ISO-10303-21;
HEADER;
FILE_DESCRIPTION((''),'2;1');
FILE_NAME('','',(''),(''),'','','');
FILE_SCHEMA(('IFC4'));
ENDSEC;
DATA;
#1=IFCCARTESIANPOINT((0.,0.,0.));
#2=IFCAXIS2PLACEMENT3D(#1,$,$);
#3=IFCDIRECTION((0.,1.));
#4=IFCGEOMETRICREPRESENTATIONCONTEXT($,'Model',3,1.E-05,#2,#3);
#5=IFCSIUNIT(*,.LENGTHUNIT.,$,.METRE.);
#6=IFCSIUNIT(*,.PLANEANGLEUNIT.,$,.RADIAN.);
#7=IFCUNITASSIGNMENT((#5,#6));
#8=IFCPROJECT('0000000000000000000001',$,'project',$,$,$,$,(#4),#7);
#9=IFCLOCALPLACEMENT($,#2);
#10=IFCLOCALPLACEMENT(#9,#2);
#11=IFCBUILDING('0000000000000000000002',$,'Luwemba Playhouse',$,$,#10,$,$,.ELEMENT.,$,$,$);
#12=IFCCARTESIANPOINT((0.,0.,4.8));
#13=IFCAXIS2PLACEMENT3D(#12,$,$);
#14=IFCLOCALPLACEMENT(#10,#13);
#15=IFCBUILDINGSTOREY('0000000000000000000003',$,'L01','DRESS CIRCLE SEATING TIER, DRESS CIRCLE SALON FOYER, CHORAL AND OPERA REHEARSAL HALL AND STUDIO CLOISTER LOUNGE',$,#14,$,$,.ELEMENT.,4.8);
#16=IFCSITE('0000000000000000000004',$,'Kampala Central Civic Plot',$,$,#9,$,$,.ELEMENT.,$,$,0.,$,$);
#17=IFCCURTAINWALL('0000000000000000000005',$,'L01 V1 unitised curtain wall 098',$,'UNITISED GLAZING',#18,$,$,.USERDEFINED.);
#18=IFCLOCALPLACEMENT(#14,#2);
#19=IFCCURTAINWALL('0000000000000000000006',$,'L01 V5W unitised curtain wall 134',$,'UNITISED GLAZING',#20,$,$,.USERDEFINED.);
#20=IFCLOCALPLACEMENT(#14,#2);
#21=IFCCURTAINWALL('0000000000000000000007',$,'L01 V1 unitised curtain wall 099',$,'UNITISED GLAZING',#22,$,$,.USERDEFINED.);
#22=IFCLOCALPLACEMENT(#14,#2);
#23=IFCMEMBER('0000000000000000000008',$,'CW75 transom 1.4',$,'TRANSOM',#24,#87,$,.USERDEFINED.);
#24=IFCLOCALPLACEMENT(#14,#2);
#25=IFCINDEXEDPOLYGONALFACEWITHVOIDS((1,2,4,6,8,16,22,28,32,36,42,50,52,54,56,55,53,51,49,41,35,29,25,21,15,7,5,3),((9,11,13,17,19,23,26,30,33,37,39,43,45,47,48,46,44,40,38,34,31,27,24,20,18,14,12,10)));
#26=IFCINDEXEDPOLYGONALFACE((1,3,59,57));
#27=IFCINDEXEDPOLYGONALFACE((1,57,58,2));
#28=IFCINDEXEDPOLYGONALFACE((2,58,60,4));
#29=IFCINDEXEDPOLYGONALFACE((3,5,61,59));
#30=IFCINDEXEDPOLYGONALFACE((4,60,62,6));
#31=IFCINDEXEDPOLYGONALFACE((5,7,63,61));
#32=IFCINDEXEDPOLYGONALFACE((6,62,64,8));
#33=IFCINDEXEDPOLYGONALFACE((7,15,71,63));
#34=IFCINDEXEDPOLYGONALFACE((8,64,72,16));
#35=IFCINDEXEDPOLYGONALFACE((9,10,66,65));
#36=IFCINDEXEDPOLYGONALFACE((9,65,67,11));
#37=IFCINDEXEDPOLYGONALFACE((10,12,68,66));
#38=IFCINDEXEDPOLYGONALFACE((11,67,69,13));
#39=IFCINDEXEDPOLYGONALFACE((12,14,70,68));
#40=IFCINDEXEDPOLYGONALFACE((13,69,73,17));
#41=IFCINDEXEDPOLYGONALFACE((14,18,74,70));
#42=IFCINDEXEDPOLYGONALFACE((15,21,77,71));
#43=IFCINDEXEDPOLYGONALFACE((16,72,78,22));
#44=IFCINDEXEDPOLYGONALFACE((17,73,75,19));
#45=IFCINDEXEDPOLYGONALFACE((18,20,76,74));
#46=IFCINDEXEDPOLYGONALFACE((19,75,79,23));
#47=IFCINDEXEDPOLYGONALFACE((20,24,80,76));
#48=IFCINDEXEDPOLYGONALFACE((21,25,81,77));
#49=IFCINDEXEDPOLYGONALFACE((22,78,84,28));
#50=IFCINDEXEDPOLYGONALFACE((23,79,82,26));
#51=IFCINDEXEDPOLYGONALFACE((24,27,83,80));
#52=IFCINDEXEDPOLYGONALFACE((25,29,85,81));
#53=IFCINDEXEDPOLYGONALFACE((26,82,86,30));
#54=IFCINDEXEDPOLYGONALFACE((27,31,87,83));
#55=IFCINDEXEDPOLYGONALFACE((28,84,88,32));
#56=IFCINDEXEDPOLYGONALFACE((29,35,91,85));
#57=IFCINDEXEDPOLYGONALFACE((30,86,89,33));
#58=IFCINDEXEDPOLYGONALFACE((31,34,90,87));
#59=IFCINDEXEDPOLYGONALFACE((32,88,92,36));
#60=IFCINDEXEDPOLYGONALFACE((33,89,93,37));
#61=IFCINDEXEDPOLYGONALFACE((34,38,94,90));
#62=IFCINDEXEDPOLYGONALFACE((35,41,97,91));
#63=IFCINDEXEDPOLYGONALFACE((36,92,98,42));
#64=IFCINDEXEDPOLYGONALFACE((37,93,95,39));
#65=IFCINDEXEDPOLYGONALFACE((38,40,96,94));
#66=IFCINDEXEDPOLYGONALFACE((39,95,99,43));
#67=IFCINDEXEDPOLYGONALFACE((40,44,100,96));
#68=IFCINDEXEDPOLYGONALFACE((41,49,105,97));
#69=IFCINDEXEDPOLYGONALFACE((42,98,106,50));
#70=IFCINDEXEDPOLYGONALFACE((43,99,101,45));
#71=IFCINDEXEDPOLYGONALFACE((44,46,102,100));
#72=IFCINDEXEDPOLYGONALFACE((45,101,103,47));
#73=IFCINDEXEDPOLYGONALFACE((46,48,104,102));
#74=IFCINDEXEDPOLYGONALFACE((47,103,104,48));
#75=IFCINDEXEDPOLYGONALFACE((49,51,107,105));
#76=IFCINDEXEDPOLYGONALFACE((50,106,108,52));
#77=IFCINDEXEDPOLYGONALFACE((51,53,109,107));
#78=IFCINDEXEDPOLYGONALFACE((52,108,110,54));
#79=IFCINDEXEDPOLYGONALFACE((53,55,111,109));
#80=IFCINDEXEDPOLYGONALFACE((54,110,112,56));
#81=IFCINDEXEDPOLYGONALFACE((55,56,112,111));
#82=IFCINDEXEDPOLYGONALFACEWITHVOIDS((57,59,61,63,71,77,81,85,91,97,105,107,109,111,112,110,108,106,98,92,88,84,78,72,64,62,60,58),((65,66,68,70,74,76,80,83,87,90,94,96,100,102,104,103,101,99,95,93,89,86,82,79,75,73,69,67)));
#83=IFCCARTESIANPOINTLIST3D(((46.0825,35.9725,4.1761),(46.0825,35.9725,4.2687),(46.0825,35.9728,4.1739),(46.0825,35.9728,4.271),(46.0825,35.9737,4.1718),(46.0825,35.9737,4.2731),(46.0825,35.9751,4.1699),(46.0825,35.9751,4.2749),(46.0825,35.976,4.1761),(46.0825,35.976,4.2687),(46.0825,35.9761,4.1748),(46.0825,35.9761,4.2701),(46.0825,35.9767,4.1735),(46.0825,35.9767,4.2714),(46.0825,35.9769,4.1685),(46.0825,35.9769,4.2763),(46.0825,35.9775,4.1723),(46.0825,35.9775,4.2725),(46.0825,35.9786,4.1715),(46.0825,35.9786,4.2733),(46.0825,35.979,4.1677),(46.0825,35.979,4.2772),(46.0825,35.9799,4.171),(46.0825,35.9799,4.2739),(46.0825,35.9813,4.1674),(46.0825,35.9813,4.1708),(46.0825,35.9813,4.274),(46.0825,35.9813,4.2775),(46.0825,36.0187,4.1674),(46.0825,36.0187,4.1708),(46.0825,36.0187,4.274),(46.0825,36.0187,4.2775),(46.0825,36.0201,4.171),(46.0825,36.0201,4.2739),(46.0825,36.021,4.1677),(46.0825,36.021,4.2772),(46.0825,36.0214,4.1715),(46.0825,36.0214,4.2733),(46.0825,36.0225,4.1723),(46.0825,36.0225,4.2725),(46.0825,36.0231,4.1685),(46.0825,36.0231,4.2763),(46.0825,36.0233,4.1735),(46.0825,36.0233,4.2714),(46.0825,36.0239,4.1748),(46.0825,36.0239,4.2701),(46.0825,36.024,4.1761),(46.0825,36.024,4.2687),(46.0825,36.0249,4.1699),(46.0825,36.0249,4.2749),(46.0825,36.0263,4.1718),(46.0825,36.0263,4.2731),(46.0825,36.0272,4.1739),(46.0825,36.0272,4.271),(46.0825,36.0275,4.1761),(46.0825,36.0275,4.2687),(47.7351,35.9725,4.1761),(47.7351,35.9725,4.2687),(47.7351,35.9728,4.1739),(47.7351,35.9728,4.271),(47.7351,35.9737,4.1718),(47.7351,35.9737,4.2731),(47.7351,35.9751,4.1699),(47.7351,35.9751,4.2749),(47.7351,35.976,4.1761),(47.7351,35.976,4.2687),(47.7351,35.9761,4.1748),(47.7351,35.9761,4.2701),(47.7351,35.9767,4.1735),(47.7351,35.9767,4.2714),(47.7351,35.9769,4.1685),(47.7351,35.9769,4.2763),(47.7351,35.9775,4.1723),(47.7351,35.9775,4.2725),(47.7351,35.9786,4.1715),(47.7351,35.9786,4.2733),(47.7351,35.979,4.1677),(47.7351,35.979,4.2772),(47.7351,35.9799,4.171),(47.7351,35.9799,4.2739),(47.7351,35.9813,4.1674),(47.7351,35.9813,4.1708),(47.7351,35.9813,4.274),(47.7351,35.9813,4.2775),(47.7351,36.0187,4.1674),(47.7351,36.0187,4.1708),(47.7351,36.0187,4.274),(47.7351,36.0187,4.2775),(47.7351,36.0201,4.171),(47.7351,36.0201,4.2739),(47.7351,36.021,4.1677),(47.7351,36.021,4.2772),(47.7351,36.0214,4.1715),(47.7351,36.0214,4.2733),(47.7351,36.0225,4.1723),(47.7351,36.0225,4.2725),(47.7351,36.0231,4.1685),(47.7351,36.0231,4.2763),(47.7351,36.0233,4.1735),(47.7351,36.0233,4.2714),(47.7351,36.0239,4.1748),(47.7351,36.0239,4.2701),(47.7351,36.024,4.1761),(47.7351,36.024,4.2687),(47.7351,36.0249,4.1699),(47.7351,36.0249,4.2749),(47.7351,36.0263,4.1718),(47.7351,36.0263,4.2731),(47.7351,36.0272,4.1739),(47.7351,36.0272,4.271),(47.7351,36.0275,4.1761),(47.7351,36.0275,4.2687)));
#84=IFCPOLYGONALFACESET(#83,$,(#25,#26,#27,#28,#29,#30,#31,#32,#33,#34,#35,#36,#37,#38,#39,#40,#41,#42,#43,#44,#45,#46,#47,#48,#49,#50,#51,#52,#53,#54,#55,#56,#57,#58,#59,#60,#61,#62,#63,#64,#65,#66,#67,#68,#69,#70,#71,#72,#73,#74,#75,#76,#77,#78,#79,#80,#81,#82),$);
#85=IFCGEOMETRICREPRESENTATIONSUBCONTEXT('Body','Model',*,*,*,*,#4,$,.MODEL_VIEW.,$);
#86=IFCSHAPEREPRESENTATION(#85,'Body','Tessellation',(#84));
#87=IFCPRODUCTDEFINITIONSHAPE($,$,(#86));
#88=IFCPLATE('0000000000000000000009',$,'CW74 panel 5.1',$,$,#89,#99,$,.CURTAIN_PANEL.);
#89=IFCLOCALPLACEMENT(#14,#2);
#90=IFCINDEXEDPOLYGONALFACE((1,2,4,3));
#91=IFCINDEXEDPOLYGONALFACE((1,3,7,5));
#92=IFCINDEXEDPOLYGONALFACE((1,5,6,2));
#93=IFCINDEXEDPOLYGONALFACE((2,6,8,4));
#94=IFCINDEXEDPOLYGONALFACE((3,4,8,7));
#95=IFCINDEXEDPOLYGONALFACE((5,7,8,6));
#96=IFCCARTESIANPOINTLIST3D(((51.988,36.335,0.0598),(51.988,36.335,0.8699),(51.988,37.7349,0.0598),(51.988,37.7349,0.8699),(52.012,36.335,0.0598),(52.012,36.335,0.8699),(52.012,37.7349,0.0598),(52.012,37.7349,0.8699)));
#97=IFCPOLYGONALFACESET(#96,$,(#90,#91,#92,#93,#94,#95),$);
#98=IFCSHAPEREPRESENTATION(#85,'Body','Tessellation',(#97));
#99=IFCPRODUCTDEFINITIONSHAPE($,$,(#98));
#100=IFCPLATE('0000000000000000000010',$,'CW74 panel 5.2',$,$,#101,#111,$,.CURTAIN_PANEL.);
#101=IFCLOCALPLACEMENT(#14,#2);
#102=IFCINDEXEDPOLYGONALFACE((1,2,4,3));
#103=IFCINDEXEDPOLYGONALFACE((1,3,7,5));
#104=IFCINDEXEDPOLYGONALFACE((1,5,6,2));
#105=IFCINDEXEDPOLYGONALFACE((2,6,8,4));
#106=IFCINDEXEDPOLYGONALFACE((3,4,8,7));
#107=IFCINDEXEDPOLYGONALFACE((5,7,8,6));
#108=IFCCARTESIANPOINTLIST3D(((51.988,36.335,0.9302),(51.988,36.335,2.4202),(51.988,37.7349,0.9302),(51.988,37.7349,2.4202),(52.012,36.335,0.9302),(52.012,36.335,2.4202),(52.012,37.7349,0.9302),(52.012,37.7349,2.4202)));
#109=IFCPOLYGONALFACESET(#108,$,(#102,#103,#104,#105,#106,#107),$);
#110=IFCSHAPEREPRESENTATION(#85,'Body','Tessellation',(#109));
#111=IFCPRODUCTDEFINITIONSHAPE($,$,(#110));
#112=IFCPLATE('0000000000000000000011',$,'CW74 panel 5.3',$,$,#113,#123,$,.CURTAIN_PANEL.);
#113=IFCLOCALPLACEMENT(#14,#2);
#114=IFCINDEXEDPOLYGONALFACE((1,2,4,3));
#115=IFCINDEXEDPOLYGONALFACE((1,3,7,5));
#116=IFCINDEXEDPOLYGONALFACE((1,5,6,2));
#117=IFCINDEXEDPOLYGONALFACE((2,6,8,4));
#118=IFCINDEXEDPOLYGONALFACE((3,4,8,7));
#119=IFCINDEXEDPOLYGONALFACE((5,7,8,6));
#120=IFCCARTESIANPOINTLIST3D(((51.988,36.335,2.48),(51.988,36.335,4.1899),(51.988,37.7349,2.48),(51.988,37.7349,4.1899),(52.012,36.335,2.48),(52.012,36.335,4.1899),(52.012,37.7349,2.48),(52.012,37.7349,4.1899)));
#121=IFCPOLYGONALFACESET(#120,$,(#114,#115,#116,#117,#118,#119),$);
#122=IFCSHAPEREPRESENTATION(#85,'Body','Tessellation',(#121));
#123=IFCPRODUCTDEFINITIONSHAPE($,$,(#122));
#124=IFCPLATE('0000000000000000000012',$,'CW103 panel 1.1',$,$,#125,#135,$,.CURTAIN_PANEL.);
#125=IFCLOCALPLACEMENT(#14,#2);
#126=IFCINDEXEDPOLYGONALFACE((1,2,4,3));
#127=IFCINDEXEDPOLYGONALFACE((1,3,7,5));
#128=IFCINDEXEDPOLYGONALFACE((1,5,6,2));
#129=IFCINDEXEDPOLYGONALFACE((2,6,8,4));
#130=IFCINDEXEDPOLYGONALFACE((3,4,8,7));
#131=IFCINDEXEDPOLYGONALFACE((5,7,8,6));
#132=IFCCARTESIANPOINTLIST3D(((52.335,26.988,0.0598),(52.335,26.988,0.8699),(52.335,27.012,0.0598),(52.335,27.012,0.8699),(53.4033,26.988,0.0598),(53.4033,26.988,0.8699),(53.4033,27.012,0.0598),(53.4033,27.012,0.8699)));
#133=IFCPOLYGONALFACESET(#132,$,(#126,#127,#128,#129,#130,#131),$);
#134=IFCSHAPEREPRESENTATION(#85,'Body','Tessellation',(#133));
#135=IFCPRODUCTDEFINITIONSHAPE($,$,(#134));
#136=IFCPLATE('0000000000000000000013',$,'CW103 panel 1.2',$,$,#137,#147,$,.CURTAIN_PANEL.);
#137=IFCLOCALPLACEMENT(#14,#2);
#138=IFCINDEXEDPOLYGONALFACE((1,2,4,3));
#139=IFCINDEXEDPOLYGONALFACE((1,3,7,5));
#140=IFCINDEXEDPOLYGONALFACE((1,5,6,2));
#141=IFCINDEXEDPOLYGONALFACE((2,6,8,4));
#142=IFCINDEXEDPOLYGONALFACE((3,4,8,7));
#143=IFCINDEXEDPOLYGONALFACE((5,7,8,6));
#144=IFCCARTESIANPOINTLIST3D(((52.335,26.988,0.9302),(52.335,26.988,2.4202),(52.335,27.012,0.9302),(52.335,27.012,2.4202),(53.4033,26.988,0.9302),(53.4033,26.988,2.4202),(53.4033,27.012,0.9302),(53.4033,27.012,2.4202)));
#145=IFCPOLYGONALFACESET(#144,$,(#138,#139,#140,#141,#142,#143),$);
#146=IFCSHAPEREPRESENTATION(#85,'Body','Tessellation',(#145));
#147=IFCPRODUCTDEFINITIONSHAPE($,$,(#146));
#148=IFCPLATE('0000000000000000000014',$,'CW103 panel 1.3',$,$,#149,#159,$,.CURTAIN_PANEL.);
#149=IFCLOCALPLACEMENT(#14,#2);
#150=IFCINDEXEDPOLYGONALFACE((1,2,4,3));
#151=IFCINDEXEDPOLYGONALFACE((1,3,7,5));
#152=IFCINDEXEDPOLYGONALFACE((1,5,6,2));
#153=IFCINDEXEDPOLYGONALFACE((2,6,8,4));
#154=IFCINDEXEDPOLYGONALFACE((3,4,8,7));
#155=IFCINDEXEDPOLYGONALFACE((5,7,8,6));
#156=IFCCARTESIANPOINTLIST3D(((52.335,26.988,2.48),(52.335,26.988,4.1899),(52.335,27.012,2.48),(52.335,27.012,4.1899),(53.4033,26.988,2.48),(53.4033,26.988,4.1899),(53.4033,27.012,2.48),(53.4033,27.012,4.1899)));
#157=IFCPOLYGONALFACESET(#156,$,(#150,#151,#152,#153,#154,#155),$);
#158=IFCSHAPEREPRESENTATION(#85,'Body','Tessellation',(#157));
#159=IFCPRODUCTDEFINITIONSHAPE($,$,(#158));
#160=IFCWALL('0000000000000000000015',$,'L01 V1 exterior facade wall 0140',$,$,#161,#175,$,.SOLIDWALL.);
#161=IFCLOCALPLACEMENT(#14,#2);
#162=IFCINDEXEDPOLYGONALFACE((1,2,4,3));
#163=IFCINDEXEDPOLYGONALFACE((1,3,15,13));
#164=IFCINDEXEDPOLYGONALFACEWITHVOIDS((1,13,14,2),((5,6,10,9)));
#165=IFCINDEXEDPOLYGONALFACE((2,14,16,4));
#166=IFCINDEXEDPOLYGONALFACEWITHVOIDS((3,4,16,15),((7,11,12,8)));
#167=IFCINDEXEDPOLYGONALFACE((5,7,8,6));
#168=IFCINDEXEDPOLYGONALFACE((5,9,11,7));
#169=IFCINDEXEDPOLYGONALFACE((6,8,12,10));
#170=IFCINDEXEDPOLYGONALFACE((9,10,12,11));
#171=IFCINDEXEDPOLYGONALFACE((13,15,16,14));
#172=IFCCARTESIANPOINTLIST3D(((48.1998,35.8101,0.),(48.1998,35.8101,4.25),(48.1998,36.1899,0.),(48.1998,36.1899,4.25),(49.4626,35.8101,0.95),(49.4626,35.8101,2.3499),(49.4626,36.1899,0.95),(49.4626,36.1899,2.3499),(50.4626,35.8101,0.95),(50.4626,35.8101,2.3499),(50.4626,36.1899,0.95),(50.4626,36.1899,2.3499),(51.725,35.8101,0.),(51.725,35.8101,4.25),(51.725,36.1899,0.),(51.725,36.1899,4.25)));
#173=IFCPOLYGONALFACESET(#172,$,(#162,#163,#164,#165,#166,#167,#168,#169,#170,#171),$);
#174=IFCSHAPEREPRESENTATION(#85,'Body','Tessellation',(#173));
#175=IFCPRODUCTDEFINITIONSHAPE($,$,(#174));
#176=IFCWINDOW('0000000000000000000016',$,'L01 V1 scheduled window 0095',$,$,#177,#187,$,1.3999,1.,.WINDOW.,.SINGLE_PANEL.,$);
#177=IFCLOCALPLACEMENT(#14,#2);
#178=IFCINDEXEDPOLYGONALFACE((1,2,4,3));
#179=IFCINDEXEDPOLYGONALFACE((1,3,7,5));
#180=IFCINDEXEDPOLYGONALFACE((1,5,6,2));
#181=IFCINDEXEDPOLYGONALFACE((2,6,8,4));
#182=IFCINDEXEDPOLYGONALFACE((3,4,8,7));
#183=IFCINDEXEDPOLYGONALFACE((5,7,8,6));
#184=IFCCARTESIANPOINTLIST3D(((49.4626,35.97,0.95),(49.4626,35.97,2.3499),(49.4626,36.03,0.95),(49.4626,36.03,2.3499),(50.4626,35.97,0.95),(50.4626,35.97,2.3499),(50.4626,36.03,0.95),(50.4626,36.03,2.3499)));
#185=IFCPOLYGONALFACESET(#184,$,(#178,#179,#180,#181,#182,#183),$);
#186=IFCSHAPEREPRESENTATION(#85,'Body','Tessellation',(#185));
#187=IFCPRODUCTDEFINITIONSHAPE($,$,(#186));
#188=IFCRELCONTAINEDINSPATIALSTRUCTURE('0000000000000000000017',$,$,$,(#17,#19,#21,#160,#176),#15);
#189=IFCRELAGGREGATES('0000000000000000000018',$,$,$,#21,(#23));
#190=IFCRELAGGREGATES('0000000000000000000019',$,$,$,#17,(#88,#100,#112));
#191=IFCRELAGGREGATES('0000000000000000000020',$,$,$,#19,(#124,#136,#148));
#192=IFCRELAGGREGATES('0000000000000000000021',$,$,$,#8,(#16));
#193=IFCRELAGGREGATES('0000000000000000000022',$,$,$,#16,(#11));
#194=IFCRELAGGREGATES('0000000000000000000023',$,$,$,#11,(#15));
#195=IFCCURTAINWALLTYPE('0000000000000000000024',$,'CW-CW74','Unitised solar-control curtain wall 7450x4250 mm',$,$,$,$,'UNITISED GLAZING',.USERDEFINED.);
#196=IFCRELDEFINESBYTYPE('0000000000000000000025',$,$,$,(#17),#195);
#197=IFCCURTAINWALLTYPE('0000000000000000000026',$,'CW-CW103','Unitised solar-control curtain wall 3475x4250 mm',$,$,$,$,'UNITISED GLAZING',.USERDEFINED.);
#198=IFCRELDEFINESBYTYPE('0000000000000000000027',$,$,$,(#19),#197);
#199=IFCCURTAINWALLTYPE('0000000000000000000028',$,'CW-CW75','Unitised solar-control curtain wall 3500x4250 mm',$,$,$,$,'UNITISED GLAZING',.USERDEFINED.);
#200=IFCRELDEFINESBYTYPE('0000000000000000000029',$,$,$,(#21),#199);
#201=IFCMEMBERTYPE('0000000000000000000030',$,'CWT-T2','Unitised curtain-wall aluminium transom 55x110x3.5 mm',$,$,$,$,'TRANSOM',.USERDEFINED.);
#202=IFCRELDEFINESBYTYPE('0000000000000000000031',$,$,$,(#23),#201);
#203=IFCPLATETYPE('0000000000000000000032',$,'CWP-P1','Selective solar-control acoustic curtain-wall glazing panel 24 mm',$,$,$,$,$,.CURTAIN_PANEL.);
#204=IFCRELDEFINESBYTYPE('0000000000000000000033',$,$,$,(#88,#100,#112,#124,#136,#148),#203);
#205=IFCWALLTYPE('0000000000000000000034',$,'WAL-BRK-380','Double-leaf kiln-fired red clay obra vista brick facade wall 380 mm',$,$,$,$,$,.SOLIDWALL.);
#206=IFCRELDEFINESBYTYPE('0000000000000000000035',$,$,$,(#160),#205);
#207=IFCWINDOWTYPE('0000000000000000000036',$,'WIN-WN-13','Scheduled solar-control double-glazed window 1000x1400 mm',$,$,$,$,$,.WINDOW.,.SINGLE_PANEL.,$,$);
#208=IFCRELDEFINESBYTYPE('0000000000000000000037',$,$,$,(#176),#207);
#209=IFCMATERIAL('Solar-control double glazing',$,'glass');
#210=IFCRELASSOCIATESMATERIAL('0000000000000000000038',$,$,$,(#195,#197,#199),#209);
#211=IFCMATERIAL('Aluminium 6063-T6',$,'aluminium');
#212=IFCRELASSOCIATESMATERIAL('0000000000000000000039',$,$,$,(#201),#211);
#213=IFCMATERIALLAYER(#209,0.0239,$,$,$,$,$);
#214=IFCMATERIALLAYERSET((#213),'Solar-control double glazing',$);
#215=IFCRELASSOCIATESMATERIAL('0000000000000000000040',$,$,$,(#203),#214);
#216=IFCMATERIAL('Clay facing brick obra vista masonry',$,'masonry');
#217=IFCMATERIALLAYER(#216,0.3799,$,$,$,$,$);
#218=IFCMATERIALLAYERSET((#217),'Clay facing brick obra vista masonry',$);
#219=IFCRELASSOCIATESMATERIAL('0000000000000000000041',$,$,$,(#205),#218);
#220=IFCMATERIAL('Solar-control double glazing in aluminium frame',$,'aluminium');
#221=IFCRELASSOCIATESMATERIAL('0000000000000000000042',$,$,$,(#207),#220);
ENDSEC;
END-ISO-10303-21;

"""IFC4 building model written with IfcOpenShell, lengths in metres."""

from ifc_helpers import new_model, si_unit, direction, frame, frame_2d, origin, origin_2d, place, context, subcontext, project, spatial, rectangle, hollow_rectangle, extrude, material, layer, layer_set, material_profile, profile_set, type_object, element, fill, aggregate, save


model = new_model("IFC4")

# Units and contexts
model_context = context("Model", 3, precision=1e-05, world=origin(), true_north=direction((0.0, 1.0)))
body_context = subcontext(model_context, "Body", "Model", "MODEL_VIEW")
ifc_project = project(units=[si_unit("LENGTHUNIT", "METRE"), si_unit("PLANEANGLEUNIT", "RADIAN")], contexts=[model_context])

# Site, building, storey
site_placement = place(None, origin())
site = spatial("IfcSite", under=ifc_project, at=site_placement, Name="Kampala Central Civic Plot", CompositionType="ELEMENT", RefElevation=0.0)
building_placement = place(site_placement, origin())
building = spatial("IfcBuilding", under=site, at=building_placement, Name="Luwemba Playhouse", CompositionType="ELEMENT")
storey_placement = place(building_placement, frame((0.0, 0.0, 4.8)))
storey = spatial("IfcBuildingStorey", under=building, at=storey_placement, Name="L01", Description="DRESS CIRCLE SEATING TIER, DRESS CIRCLE SALON FOYER, CHORAL AND OPERA REHEARSAL HALL AND STUDIO CLOISTER LOUNGE", CompositionType="ELEMENT", Elevation=4.8)

# Curtain walls
ifc_material_1 = material(Name="Solar-control double glazing", Category="glass")
curtain_wall_type_1 = type_object("IfcCurtainWallType", Name="CW-CW74", Description="Unitised solar-control curtain wall 7450x4250 mm", ElementType="UNITISED GLAZING", PredefinedType="USERDEFINED", material=ifc_material_1)
curtain_wall_1_placement = place(storey_placement, origin())
curtain_wall_1 = element("IfcCurtainWall", 1, at=curtain_wall_1_placement, inside=storey, type_object=curtain_wall_type_1, Name="L01 V1 unitised curtain wall 098", ObjectType="UNITISED GLAZING", PredefinedType="USERDEFINED")
ifc_material_2 = material(Name="Aluminium 6063-T6", Category="aluminium")
curtain_wall_type_2 = type_object("IfcCurtainWallType", Name="CW-CW103", Description="Unitised solar-control curtain wall 3475x4250 mm", ElementType="UNITISED GLAZING", PredefinedType="USERDEFINED", material=ifc_material_1)
curtain_wall_2_placement = place(storey_placement, origin())
curtain_wall_2 = element("IfcCurtainWall", 2, at=curtain_wall_2_placement, inside=storey, type_object=curtain_wall_type_2, Name="L01 V5W unitised curtain wall 134", ObjectType="UNITISED GLAZING", PredefinedType="USERDEFINED")

# Curtain wall
curtain_wall_type_3 = type_object("IfcCurtainWallType", Name="CW-CW75", Description="Unitised solar-control curtain wall 3500x4250 mm", ElementType="UNITISED GLAZING", PredefinedType="USERDEFINED", material=ifc_material_1)
curtain_wall_3_placement = place(storey_placement, origin())
curtain_wall_3 = element("IfcCurtainWall", 3, at=curtain_wall_3_placement, inside=storey, type_object=curtain_wall_type_3, Name="L01 V1 unitised curtain wall 099", ObjectType="UNITISED GLAZING", PredefinedType="USERDEFINED")

# Member
ifc_material_profile_1 = material_profile(ifc_material_2, hollow_rectangle(XDim=0.0549, YDim=0.1101, WallThickness=0.0034, InnerFilletRadius=0.0054, OuterFilletRadius=0.0088, at=origin_2d()))
ifc_profile_set_1 = profile_set([ifc_material_profile_1], Name="Aluminium 6063-T6")
member_type_1 = type_object("IfcMemberType", Name="CWT-T2", Description="Unitised curtain-wall aluminium transom 55x110x3.5 mm", ElementType="TRANSOM", PredefinedType="USERDEFINED", material=ifc_profile_set_1)
member_1_placement = place(storey_placement, frame((47.7351, 36.0, 4.2224), z_axis=(-1.0, 0.0, 0.0), x_axis=(0.0, -1.0, 0.0)))
member_1 = element("IfcMember", 4, at=member_1_placement, type_object=member_type_1, Name="CW75 transom 1.4", ObjectType="TRANSOM", PredefinedType="USERDEFINED", context=body_context, shape_type="SweptSolid", body=[
    extrude(hollow_rectangle(XDim=0.0549, YDim=0.1101, WallThickness=0.0034, InnerFilletRadius=0.0054, OuterFilletRadius=0.0088, at=origin_2d()), origin(), (0.0, 0.0, 1.0), 1.6526),
])
aggregate(curtain_wall_3, [member_1])

# Plates
ifc_layer_1 = layer(ifc_material_1, 0.0239)
ifc_layer_set_1 = layer_set([ifc_layer_1], Name="Solar-control double glazing")
plate_type = type_object("IfcPlateType", Name="CWP-P1", Description="Selective solar-control acoustic curtain-wall glazing panel 24 mm", PredefinedType="CURTAIN_PANEL", material=ifc_layer_set_1)
plate_1_placement = place(storey_placement, frame((52.0, 37.0349, 0.0598), z_axis=(0.0, 0.0, 1.0), x_axis=(0.0, -1.0, 0.0)))
plate_1 = element("IfcPlate", 5, at=plate_1_placement, type_object=plate_type, Name="CW74 panel 5.1", PredefinedType="CURTAIN_PANEL", context=body_context, shape_type="SweptSolid", body=[
    extrude(rectangle(XDim=1.3999, YDim=0.0239, at=origin_2d()), origin(), (0.0, 0.0, 1.0), 0.8101),
])
plate_2_placement = place(storey_placement, frame((52.0, 37.0349, 0.9302), z_axis=(0.0, 0.0, 1.0), x_axis=(0.0, -1.0, 0.0)))
plate_2 = element("IfcPlate", 6, at=plate_2_placement, type_object=plate_type, Name="CW74 panel 5.2", PredefinedType="CURTAIN_PANEL", context=body_context, shape_type="SweptSolid", body=[
    extrude(rectangle(XDim=1.3999, YDim=0.0239, at=origin_2d()), origin(), (0.0, 0.0, 1.0), 1.49),
])
plate_3_placement = place(storey_placement, frame((52.0, 37.0349, 2.48), z_axis=(0.0, 0.0, 1.0), x_axis=(0.0, -1.0, 0.0)))
plate_3 = element("IfcPlate", 7, at=plate_3_placement, type_object=plate_type, Name="CW74 panel 5.3", PredefinedType="CURTAIN_PANEL", context=body_context, shape_type="SweptSolid", body=[
    extrude(rectangle(XDim=1.3999, YDim=0.0239, at=origin_2d()), origin(), (0.0, 0.0, 1.0), 1.71),
])
aggregate(curtain_wall_1, [plate_1, plate_2, plate_3])
plate_4_placement = place(storey_placement, frame((52.8691, 27.0, 0.0598), z_axis=(0.0, 0.0, 1.0), x_axis=(1.0, 0.0, 0.0)))
plate_4 = element("IfcPlate", 8, at=plate_4_placement, type_object=plate_type, Name="CW103 panel 1.1", PredefinedType="CURTAIN_PANEL", context=body_context, shape_type="SweptSolid", body=[
    extrude(rectangle(XDim=1.0684, YDim=0.0239, at=origin_2d()), origin(), (0.0, 0.0, 1.0), 0.8101),
])
plate_5_placement = place(storey_placement, frame((52.8691, 27.0, 0.9302), z_axis=(0.0, 0.0, 1.0), x_axis=(1.0, 0.0, 0.0)))
plate_5 = element("IfcPlate", 9, at=plate_5_placement, type_object=plate_type, Name="CW103 panel 1.2", PredefinedType="CURTAIN_PANEL", context=body_context, shape_type="SweptSolid", body=[
    extrude(rectangle(XDim=1.0684, YDim=0.0239, at=origin_2d()), origin(), (0.0, 0.0, 1.0), 1.49),
])
plate_6_placement = place(storey_placement, frame((52.8691, 27.0, 2.48), z_axis=(0.0, 0.0, 1.0), x_axis=(1.0, 0.0, 0.0)))
plate_6 = element("IfcPlate", 10, at=plate_6_placement, type_object=plate_type, Name="CW103 panel 1.3", PredefinedType="CURTAIN_PANEL", context=body_context, shape_type="SweptSolid", body=[
    extrude(rectangle(XDim=1.0684, YDim=0.0239, at=origin_2d()), origin(), (0.0, 0.0, 1.0), 1.71),
])
aggregate(curtain_wall_2, [plate_4, plate_5, plate_6])

# Wall, opening, window
ifc_material_3 = material(Name="Clay facing brick obra vista masonry", Category="masonry")
ifc_layer_2 = layer(ifc_material_3, 0.3799)
ifc_layer_set_2 = layer_set([ifc_layer_2], Name="Clay facing brick obra vista masonry")
wall_type = type_object("IfcWallType", Name="WAL-BRK-380", Description="Double-leaf kiln-fired red clay obra vista brick facade wall 380 mm", PredefinedType="SOLIDWALL", material=ifc_layer_set_2)
wall_placement = place(storey_placement, frame((51.7251, 36.0, 0.0), z_axis=(0.0, 0.0, 1.0), x_axis=(-1.0, 0.0, 0.0)))
wall = element("IfcWall", 11, at=wall_placement, inside=storey, type_object=wall_type, Name="L01 V1 exterior facade wall 0140", PredefinedType="SOLIDWALL", context=body_context, shape_type="SweptSolid", body=[
    extrude(rectangle(XDim=3.5251, YDim=0.3799, at=frame_2d((1.7627, 0.0))), origin(), (0.0, 0.0, 1.0), 4.25),
])
opening_placement = place(wall_placement, frame((1.2625, 0.0, 0.95)))
opening = element("IfcOpeningElement", 12, at=opening_placement, cuts=wall, PredefinedType="OPENING", context=body_context, shape_type="SweptSolid", body=[
    extrude(rectangle(XDim=1.0, YDim=1.3999, at=frame_2d((0.5, 0.7))), frame((0.0, 0.2, 0.0), z_axis=(0.0, -1.0, 0.0), x_axis=(1.0, 0.0, 0.0)), (0.0, 0.0, 1.0), 0.3999),
])
ifc_material_4 = material(Name="Solar-control double glazing in aluminium frame", Category="aluminium")
window_type = type_object("IfcWindowType", Name="WIN-WN-13", Description="Scheduled solar-control double-glazed window 1000x1400 mm", PartitioningType="SINGLE_PANEL", PredefinedType="WINDOW", material=ifc_material_4)
window_placement = place(opening_placement, origin())
window = element("IfcWindow", 13, at=window_placement, inside=storey, type_object=window_type, Name="L01 V1 scheduled window 0095", OverallHeight=1.3999, OverallWidth=1.0, PartitioningType="SINGLE_PANEL", PredefinedType="WINDOW", context=body_context, shape_type="SweptSolid", body=[
    extrude(rectangle(XDim=1.0, YDim=1.3999, at=frame_2d((0.5, 0.7))), frame((0.0, 0.03, 0.0), z_axis=(0.0, -1.0, 0.0), x_axis=(1.0, 0.0, 0.0)), (0.0, 0.0, 1.0), 0.0601),
])
fill(opening, window)

save(model, "model.ifc")
